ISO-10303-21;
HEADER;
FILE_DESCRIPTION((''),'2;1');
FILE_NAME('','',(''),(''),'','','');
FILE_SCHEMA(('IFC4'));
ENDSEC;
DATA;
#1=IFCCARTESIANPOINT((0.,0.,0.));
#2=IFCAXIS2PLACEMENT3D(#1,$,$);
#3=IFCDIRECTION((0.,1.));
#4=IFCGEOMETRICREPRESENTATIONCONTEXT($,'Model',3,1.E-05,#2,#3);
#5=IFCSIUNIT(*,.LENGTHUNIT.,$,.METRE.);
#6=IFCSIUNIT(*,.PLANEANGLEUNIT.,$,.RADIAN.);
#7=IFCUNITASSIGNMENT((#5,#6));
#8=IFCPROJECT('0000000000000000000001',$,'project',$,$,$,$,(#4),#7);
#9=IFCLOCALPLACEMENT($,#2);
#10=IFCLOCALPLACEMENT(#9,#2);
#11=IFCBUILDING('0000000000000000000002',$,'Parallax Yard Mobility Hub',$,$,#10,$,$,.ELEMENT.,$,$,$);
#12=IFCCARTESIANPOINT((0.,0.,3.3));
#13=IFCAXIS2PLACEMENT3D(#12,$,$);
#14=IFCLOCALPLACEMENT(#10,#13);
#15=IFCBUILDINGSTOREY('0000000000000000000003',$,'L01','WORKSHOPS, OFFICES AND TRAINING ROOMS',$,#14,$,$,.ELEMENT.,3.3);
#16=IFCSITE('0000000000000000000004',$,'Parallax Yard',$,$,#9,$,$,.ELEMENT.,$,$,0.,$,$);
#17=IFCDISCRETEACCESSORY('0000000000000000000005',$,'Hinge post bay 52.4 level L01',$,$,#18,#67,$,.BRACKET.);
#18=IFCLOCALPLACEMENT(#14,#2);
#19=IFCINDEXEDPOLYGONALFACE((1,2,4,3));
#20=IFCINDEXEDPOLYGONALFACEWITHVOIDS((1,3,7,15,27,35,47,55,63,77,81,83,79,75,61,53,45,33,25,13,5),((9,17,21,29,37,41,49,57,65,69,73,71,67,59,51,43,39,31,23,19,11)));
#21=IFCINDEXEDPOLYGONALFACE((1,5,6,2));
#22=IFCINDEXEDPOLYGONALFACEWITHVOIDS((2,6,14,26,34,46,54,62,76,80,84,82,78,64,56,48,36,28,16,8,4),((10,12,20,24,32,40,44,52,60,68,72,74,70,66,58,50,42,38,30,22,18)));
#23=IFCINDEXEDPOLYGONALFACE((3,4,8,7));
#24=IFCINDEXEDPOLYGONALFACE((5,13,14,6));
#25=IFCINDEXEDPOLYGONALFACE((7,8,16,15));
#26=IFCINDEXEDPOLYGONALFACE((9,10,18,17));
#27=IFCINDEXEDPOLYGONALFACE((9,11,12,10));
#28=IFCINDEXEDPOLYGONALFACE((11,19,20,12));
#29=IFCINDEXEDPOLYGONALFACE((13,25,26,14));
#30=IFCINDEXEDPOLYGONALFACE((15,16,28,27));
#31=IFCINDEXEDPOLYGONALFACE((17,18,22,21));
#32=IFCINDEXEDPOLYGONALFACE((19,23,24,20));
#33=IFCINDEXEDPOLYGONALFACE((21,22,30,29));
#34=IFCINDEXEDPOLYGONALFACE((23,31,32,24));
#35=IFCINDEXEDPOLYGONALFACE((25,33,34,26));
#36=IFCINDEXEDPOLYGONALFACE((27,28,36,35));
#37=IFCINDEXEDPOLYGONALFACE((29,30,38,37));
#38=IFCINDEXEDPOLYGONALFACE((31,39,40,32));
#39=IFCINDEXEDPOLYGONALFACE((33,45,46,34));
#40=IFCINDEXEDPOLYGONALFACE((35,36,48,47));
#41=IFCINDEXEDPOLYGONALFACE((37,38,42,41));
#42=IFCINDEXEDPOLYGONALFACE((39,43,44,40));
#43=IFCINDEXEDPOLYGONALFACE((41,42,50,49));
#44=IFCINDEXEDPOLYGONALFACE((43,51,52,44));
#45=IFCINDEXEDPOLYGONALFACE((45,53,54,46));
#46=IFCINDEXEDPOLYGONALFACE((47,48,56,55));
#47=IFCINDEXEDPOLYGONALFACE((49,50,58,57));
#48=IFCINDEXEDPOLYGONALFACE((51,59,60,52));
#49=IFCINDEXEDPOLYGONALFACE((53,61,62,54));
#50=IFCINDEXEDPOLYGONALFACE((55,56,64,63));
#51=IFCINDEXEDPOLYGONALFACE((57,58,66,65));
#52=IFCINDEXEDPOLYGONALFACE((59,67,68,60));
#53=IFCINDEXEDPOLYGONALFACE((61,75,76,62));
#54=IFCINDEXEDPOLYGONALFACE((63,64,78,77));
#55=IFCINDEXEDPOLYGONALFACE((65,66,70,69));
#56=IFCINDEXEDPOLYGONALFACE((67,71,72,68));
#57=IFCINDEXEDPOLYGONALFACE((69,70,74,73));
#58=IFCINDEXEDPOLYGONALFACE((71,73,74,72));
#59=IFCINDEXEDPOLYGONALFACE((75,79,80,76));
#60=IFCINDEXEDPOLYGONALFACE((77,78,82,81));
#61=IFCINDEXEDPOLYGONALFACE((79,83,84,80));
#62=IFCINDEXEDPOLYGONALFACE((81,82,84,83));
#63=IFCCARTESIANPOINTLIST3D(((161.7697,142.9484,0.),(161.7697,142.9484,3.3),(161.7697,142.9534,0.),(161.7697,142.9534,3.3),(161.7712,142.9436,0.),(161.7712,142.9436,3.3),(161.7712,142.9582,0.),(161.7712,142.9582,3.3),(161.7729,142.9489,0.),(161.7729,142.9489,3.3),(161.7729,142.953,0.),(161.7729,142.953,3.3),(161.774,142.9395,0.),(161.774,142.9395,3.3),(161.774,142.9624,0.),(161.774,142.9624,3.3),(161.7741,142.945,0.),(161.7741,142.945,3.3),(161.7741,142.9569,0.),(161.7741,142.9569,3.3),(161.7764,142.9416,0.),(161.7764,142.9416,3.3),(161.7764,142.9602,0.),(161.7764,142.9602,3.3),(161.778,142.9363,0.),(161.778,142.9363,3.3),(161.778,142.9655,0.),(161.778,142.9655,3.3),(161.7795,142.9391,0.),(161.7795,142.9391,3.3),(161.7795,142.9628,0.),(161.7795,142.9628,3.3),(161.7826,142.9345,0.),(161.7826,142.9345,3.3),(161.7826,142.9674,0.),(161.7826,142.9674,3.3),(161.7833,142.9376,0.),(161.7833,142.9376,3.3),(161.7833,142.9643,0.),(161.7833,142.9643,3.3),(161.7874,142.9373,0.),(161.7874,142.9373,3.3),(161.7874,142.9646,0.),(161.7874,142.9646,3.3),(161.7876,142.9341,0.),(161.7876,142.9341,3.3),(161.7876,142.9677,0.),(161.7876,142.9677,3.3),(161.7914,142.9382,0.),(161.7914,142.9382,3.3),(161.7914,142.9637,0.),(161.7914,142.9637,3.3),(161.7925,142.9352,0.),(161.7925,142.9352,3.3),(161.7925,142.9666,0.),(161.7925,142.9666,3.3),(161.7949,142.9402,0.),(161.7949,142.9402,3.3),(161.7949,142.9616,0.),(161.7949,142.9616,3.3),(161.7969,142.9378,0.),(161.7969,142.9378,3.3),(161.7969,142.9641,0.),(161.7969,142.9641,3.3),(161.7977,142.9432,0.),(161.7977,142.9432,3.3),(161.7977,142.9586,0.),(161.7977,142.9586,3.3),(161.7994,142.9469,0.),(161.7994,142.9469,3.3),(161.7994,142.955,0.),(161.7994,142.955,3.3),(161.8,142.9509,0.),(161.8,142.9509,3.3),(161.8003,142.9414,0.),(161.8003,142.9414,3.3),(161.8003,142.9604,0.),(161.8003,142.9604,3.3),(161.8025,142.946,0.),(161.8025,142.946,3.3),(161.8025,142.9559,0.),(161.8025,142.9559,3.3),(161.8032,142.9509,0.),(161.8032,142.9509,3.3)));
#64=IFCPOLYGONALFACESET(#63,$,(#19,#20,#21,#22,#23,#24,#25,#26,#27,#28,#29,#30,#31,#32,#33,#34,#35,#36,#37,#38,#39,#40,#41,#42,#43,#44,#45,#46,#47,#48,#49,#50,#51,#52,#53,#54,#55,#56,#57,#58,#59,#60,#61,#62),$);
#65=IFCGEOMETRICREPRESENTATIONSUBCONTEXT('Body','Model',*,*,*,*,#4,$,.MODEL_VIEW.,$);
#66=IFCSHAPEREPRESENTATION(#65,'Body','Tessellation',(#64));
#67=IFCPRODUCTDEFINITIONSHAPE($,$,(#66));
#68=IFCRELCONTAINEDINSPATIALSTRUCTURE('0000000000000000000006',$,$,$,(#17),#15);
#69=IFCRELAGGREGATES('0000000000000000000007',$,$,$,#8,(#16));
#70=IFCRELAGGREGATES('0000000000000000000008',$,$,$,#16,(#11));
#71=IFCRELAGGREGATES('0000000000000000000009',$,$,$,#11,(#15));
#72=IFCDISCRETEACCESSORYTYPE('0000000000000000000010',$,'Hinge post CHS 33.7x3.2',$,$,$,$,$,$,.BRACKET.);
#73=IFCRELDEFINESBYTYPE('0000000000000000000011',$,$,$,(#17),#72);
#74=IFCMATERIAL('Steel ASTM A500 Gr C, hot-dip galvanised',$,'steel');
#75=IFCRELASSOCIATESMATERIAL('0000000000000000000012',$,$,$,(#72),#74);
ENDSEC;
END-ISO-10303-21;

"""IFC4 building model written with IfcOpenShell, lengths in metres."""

from ifc_helpers import new_model, si_unit, direction, frame, origin, origin_2d, place, context, subcontext, project, spatial, hollow_circle, extrude, material, material_profile, profile_set, type_object, element, save


model = new_model("IFC4")

# Units and contexts
model_context = context("Model", 3, precision=1e-05, world=origin(), true_north=direction((0.0, 1.0)))
body_context = subcontext(model_context, "Body", "Model", "MODEL_VIEW")
ifc_project = project(units=[si_unit("LENGTHUNIT", "METRE"), si_unit("PLANEANGLEUNIT", "RADIAN")], contexts=[model_context])

# Site, building, storey
site_placement = place(None, origin())
site = spatial("IfcSite", under=ifc_project, at=site_placement, Name="Parallax Yard", CompositionType="ELEMENT", RefElevation=0.0)
building_placement = place(site_placement, origin())
building = spatial("IfcBuilding", under=site, at=building_placement, Name="Parallax Yard Mobility Hub", CompositionType="ELEMENT")
storey_placement = place(building_placement, frame((0.0, 0.0, 3.3)))
storey = spatial("IfcBuildingStorey", under=building, at=storey_placement, Name="L01", Description="WORKSHOPS, OFFICES AND TRAINING ROOMS", CompositionType="ELEMENT", Elevation=3.3)

# Discrete accessory
ifc_material_1 = material(Name="Steel ASTM A500 Gr C, hot-dip galvanised", Category="steel")
ifc_material_profile = material_profile(ifc_material_1, hollow_circle(Radius=0.0168, WallThickness=0.0032, at=origin_2d()), Name="CHS 33.7x3.2")
ifc_profile_set = profile_set([ifc_material_profile], Name="Steel ASTM A500 Gr C, hot-dip galvanised")
discrete_accessory_type = type_object("IfcDiscreteAccessoryType", Name="Hinge post CHS 33.7x3.2", PredefinedType="BRACKET", material=ifc_profile_set)
for number, where, z_axis, x_axis, name in (
    (1, (161.7864, 142.9509, 0.0), (0.0, 0.0, 1.0), (1.0, 0.0, 0.0), "Hinge post bay 52.4 level L01"),
):
    element("IfcDiscreteAccessory", number, at=place(storey_placement, frame(where, z_axis=z_axis, x_axis=x_axis)), inside=storey, type_object=discrete_accessory_type, Name=name, PredefinedType="BRACKET", context=body_context, shape_type="SweptSolid", body=[
        extrude(hollow_circle(Radius=0.0168, WallThickness=0.0032, at=origin_2d()), origin(), (0.0, 0.0, 1.0), 3.3),
    ])

save(model, "model.ifc")
